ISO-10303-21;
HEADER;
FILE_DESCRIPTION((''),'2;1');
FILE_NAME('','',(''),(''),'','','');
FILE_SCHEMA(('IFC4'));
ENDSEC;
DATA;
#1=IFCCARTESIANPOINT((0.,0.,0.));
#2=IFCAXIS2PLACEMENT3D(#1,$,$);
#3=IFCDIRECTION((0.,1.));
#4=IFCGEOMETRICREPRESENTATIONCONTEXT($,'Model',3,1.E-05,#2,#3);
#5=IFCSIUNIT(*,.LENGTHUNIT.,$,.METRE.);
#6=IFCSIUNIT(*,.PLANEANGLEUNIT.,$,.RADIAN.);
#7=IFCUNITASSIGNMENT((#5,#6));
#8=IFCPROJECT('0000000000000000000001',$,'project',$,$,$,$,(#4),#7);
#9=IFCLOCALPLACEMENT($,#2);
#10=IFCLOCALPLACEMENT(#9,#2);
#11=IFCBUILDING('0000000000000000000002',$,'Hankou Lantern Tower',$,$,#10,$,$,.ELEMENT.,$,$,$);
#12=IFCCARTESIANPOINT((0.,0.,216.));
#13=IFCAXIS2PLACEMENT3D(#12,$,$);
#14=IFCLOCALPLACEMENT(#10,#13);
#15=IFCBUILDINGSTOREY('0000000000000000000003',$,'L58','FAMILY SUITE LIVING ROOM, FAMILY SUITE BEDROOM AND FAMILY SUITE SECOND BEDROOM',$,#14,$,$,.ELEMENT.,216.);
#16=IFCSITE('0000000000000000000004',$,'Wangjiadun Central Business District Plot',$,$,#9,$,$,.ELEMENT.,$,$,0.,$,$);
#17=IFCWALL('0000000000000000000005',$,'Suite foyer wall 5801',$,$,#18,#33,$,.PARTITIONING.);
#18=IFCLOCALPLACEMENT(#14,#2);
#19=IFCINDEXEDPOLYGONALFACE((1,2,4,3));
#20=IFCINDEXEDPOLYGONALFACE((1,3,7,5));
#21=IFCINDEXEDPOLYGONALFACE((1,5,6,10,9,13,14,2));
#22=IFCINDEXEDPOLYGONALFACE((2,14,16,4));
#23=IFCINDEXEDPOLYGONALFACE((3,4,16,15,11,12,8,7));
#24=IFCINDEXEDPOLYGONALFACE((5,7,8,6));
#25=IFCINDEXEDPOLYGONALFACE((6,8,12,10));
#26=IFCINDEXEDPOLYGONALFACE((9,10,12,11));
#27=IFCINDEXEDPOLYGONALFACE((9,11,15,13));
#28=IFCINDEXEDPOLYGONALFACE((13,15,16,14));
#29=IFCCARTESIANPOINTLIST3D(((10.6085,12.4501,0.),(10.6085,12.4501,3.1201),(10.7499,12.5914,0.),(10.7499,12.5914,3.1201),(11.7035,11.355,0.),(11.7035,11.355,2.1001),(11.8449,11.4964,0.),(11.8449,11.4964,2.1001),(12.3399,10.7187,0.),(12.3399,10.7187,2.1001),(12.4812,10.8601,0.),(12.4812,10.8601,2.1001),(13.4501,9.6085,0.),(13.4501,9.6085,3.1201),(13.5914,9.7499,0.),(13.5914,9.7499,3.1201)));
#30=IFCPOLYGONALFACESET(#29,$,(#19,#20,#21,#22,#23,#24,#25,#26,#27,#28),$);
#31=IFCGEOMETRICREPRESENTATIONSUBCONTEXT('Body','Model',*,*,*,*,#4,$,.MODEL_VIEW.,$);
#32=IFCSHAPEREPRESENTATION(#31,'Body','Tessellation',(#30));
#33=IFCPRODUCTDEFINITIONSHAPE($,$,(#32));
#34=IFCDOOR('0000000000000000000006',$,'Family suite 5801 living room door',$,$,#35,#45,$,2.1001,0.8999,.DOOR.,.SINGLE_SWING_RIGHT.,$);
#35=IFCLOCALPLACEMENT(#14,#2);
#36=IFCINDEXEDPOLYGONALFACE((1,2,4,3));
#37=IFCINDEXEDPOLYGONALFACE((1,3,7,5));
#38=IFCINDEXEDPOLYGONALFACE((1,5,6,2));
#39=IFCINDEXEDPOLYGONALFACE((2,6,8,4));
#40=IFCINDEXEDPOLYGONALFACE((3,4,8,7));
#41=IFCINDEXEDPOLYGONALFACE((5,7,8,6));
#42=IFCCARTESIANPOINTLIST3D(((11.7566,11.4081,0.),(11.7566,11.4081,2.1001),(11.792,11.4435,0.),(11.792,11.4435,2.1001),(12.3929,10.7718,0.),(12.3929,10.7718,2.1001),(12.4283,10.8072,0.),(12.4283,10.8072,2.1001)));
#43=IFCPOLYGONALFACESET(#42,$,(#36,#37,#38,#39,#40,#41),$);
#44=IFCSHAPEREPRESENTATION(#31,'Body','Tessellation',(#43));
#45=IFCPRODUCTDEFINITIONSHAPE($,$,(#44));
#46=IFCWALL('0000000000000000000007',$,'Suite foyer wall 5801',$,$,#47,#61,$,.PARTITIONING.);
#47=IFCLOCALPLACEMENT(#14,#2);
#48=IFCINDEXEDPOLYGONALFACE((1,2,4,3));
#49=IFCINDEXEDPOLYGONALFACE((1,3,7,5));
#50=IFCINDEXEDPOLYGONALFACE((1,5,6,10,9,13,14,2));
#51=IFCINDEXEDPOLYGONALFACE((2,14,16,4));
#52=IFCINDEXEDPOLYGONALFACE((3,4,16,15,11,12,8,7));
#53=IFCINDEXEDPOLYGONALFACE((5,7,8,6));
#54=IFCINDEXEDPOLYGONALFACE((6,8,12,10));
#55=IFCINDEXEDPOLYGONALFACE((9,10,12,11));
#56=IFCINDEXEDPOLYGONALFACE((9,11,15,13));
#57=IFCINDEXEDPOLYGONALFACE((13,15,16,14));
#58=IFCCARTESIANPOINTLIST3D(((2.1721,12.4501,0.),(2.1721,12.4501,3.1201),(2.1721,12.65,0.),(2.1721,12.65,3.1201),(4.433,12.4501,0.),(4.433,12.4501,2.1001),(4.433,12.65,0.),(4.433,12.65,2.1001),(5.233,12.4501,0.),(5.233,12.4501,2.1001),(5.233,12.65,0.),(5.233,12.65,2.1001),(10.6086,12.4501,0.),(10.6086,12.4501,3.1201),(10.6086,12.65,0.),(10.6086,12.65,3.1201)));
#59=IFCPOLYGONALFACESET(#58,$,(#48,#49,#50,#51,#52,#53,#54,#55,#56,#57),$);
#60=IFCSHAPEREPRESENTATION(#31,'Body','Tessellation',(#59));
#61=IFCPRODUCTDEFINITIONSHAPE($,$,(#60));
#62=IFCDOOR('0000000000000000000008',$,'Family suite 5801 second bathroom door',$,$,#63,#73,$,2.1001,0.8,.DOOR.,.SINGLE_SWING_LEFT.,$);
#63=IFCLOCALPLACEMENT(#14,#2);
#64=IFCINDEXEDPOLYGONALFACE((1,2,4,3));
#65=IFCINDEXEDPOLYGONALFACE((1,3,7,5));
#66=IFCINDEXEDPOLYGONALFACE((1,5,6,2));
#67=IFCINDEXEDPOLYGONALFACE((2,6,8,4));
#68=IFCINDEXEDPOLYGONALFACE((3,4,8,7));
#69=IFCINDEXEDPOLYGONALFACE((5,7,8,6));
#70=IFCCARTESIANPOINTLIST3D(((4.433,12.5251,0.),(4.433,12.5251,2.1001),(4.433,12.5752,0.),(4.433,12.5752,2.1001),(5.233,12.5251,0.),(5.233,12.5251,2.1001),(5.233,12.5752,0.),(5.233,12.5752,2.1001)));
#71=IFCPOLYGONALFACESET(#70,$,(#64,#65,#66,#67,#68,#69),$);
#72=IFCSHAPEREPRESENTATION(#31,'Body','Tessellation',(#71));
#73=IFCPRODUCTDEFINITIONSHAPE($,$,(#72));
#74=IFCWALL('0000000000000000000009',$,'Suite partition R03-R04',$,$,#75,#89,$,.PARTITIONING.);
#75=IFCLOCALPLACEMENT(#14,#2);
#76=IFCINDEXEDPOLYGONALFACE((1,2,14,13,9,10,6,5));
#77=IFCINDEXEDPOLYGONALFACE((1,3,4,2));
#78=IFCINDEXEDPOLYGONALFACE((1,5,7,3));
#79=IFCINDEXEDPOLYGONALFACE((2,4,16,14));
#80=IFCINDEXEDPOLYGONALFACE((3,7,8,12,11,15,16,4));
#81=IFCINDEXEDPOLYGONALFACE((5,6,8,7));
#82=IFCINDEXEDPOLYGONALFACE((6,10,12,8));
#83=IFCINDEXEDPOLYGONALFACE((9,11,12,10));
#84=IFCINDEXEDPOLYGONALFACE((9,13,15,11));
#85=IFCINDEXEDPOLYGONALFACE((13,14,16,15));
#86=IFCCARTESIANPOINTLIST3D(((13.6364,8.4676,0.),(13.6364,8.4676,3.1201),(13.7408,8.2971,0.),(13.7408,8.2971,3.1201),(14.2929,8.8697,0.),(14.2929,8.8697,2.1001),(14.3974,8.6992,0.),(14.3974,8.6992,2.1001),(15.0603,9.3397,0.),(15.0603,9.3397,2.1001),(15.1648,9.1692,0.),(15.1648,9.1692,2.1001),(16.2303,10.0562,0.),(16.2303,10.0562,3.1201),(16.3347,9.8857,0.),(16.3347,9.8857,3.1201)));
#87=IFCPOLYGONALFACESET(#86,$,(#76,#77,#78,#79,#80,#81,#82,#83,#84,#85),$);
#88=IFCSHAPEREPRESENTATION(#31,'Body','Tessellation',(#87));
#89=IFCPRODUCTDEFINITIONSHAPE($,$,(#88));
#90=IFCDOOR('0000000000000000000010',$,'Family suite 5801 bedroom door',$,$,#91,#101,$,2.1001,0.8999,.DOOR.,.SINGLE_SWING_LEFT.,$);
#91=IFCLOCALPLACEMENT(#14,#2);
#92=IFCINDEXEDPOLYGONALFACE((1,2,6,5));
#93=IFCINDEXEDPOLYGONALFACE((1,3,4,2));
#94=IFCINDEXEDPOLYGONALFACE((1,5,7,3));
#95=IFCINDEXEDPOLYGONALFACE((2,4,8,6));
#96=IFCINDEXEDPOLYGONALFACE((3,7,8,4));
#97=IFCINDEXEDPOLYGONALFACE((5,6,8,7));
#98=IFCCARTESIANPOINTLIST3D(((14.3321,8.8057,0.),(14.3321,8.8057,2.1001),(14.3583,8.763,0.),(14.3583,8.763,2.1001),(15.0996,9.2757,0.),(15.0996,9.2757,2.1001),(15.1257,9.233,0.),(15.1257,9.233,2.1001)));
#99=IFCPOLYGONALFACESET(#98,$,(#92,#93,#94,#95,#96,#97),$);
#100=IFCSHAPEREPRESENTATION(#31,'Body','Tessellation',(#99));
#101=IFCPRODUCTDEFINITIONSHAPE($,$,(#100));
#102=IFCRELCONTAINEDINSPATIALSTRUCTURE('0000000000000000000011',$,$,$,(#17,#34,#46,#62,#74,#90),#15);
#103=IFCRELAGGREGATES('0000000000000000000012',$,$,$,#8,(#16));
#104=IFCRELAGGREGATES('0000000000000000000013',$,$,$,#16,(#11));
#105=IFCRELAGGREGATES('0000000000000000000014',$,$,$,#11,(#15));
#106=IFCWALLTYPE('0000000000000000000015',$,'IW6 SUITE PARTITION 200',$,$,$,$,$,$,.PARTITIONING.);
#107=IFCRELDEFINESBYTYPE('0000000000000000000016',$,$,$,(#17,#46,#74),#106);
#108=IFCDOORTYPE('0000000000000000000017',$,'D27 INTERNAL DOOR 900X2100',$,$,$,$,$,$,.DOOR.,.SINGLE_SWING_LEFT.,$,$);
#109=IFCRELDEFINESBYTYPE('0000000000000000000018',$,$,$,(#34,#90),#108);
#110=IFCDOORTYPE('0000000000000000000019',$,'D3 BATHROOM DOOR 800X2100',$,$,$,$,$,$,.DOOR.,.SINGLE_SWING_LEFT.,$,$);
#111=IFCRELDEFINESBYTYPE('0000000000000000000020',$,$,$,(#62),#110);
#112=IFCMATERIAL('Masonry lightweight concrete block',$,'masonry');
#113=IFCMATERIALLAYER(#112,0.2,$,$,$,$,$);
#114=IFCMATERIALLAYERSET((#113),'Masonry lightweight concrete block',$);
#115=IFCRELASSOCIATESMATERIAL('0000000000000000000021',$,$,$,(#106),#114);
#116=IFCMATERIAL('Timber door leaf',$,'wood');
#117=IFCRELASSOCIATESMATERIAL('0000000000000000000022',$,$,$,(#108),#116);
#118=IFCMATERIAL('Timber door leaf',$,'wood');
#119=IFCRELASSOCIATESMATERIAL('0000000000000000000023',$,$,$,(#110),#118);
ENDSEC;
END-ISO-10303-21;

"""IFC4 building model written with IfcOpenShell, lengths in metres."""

from ifc_helpers import new_model, si_unit, direction, frame, frame_2d, origin, place, context, subcontext, project, spatial, rectangle, extrude, material, layer, layer_set, type_object, element, fill, save


model = new_model("IFC4")

# Units and contexts
model_context = context("Model", 3, precision=1e-05, world=origin(), true_north=direction((0.0, 1.0)))
body_context = subcontext(model_context, "Body", "Model", "MODEL_VIEW")
ifc_project = project(units=[si_unit("LENGTHUNIT", "METRE"), si_unit("PLANEANGLEUNIT", "RADIAN")], contexts=[model_context])

# Site, building, storey
site_placement = place(None, origin())
site = spatial("IfcSite", under=ifc_project, at=site_placement, Name="Wangjiadun Central Business District Plot", CompositionType="ELEMENT", RefElevation=0.0)
building_placement = place(site_placement, origin())
building = spatial("IfcBuilding", under=site, at=building_placement, Name="Hankou Lantern Tower", CompositionType="ELEMENT")
storey_placement = place(building_placement, frame((0.0, 0.0, 216.0)))
storey = spatial("IfcBuildingStorey", under=building, at=storey_placement, Name="L58", Description="FAMILY SUITE LIVING ROOM, FAMILY SUITE BEDROOM AND FAMILY SUITE SECOND BEDROOM", CompositionType="ELEMENT", Elevation=216.0)

# Walls, openings, doors
ifc_material_1 = material(Name="Masonry lightweight concrete block", Category="masonry")
ifc_layer_1 = layer(ifc_material_1, 0.2)
ifc_layer_set_1 = layer_set([ifc_layer_1], Name="Masonry lightweight concrete block")
wall_type_1 = type_object("IfcWallType", Name="IW6 SUITE PARTITION 200", PredefinedType="PARTITIONING", material=ifc_layer_set_1)
wall_1_placement = place(storey_placement, frame((13.5208, 9.6792, 0.0), z_axis=(0.0, 0.0, 1.0), x_axis=(-0.707107, 0.707107, 0.0)))
wall_1 = element("IfcWall", 1, at=wall_1_placement, inside=storey, type_object=wall_type_1, Name="Suite foyer wall 5801", PredefinedType="PARTITIONING", context=body_context, shape_type="SweptSolid", body=[
    extrude(rectangle(XDim=4.0186, YDim=0.2, at=frame_2d((2.0093, 0.0))), origin(), (0.0, 0.0, 1.0), 3.1201),
])
opening_1_placement = place(wall_1_placement, frame((1.5701, 0.0, 0.0)))
opening_1 = element("IfcOpeningElement", 2, at=opening_1_placement, cuts=wall_1, PredefinedType="OPENING", context=body_context, shape_type="SweptSolid", body=[
    extrude(rectangle(XDim=0.8999, YDim=2.1001, at=frame_2d((0.45, 1.05))), frame((0.0, 0.1099, 0.0), z_axis=(0.0, -1.0, 0.0), x_axis=(1.0, 0.0, 0.0)), (0.0, 0.0, 1.0), 0.22),
])
ifc_material_2 = material(Name="Timber door leaf", Category="wood")
door_type_1 = type_object("IfcDoorType", Name="D27 INTERNAL DOOR 900X2100", OperationType="SINGLE_SWING_LEFT", PredefinedType="DOOR", material=ifc_material_2)
door_1_placement = place(opening_1_placement, origin())
door_1 = element("IfcDoor", 3, at=door_1_placement, inside=storey, type_object=door_type_1, Name="Family suite 5801 living room door", OperationType="SINGLE_SWING_RIGHT", OverallHeight=2.1001, OverallWidth=0.8999, PredefinedType="DOOR", context=body_context, shape_type="SweptSolid", body=[
    extrude(rectangle(XDim=0.8999, YDim=2.1001, at=frame_2d((0.45, 1.05))), frame((0.0, 0.0249, 0.0), z_axis=(0.0, -1.0, 0.0), x_axis=(1.0, 0.0, 0.0)), (0.0, 0.0, 1.0), 0.05),
])
fill(opening_1, door_1)
wall_2_placement = place(storey_placement, frame((10.6086, 12.55, 0.0), z_axis=(0.0, 0.0, 1.0), x_axis=(-1.0, 0.0, 0.0)))
wall_2 = element("IfcWall", 4, at=wall_2_placement, inside=storey, type_object=wall_type_1, Name="Suite foyer wall 5801", PredefinedType="PARTITIONING", context=body_context, shape_type="SweptSolid", body=[
    extrude(rectangle(XDim=8.4365, YDim=0.2, at=frame_2d((4.2183, 0.0))), origin(), (0.0, 0.0, 1.0), 3.1201),
])
opening_2_placement = place(wall_2_placement, frame((5.3757, 0.0, 0.0)))
opening_2 = element("IfcOpeningElement", 5, at=opening_2_placement, cuts=wall_2, PredefinedType="OPENING", context=body_context, shape_type="SweptSolid", body=[
    extrude(rectangle(XDim=0.8, YDim=2.1001, at=frame_2d((0.3999, 1.05))), frame((0.0, 0.1099, 0.0), z_axis=(0.0, -1.0, 0.0), x_axis=(1.0, 0.0, 0.0)), (0.0, 0.0, 1.0), 0.22),
])
ifc_material_3 = material(Name="Timber door leaf", Category="wood")
door_type_2 = type_object("IfcDoorType", Name="D3 BATHROOM DOOR 800X2100", OperationType="SINGLE_SWING_LEFT", PredefinedType="DOOR", material=ifc_material_3)
door_2_placement = place(opening_2_placement, origin())
door_2 = element("IfcDoor", 6, at=door_2_placement, inside=storey, type_object=door_type_2, Name="Family suite 5801 second bathroom door", OperationType="SINGLE_SWING_LEFT", OverallHeight=2.1001, OverallWidth=0.8, PredefinedType="DOOR", context=body_context, shape_type="SweptSolid", body=[
    extrude(rectangle(XDim=0.8, YDim=2.1001, at=frame_2d((0.3999, 1.05))), frame((0.0, 0.0249, 0.0), z_axis=(0.0, -1.0, 0.0), x_axis=(1.0, 0.0, 0.0)), (0.0, 0.0, 1.0), 0.05),
])
fill(opening_2, door_2)
wall_3_placement = place(storey_placement, frame((13.6885, 8.3823, 0.0), z_axis=(0.0, 0.0, 1.0), x_axis=(0.852783, 0.522265, 0.0)))
wall_3 = element("IfcWall", 7, at=wall_3_placement, inside=storey, type_object=wall_type_1, Name="Suite partition R03-R04", PredefinedType="PARTITIONING", context=body_context, shape_type="SweptSolid", body=[
    extrude(rectangle(XDim=3.0417, YDim=0.2, at=frame_2d((1.521, 0.0))), origin(), (0.0, 0.0, 1.0), 3.1201),
])
opening_3_placement = place(wall_3_placement, frame((0.77, 0.0, 0.0)))
opening_3 = element("IfcOpeningElement", 8, at=opening_3_placement, cuts=wall_3, PredefinedType="OPENING", context=body_context, shape_type="SweptSolid", body=[
    extrude(rectangle(XDim=0.8999, YDim=2.1001, at=frame_2d((0.45, 1.05))), frame((0.0, 0.1099, 0.0), z_axis=(0.0, -1.0, 0.0), x_axis=(1.0, 0.0, 0.0)), (0.0, 0.0, 1.0), 0.22),
])
door_3_placement = place(opening_3_placement, origin())
door_3 = element("IfcDoor", 9, at=door_3_placement, inside=storey, type_object=door_type_1, Name="Family suite 5801 bedroom door", OperationType="SINGLE_SWING_LEFT", OverallHeight=2.1001, OverallWidth=0.8999, PredefinedType="DOOR", context=body_context, shape_type="SweptSolid", body=[
    extrude(rectangle(XDim=0.8999, YDim=2.1001, at=frame_2d((0.45, 1.05))), frame((0.0, 0.0249, 0.0), z_axis=(0.0, -1.0, 0.0), x_axis=(1.0, 0.0, 0.0)), (0.0, 0.0, 1.0), 0.05),
])
fill(opening_3, door_3)

save(model, "model.ifc")
